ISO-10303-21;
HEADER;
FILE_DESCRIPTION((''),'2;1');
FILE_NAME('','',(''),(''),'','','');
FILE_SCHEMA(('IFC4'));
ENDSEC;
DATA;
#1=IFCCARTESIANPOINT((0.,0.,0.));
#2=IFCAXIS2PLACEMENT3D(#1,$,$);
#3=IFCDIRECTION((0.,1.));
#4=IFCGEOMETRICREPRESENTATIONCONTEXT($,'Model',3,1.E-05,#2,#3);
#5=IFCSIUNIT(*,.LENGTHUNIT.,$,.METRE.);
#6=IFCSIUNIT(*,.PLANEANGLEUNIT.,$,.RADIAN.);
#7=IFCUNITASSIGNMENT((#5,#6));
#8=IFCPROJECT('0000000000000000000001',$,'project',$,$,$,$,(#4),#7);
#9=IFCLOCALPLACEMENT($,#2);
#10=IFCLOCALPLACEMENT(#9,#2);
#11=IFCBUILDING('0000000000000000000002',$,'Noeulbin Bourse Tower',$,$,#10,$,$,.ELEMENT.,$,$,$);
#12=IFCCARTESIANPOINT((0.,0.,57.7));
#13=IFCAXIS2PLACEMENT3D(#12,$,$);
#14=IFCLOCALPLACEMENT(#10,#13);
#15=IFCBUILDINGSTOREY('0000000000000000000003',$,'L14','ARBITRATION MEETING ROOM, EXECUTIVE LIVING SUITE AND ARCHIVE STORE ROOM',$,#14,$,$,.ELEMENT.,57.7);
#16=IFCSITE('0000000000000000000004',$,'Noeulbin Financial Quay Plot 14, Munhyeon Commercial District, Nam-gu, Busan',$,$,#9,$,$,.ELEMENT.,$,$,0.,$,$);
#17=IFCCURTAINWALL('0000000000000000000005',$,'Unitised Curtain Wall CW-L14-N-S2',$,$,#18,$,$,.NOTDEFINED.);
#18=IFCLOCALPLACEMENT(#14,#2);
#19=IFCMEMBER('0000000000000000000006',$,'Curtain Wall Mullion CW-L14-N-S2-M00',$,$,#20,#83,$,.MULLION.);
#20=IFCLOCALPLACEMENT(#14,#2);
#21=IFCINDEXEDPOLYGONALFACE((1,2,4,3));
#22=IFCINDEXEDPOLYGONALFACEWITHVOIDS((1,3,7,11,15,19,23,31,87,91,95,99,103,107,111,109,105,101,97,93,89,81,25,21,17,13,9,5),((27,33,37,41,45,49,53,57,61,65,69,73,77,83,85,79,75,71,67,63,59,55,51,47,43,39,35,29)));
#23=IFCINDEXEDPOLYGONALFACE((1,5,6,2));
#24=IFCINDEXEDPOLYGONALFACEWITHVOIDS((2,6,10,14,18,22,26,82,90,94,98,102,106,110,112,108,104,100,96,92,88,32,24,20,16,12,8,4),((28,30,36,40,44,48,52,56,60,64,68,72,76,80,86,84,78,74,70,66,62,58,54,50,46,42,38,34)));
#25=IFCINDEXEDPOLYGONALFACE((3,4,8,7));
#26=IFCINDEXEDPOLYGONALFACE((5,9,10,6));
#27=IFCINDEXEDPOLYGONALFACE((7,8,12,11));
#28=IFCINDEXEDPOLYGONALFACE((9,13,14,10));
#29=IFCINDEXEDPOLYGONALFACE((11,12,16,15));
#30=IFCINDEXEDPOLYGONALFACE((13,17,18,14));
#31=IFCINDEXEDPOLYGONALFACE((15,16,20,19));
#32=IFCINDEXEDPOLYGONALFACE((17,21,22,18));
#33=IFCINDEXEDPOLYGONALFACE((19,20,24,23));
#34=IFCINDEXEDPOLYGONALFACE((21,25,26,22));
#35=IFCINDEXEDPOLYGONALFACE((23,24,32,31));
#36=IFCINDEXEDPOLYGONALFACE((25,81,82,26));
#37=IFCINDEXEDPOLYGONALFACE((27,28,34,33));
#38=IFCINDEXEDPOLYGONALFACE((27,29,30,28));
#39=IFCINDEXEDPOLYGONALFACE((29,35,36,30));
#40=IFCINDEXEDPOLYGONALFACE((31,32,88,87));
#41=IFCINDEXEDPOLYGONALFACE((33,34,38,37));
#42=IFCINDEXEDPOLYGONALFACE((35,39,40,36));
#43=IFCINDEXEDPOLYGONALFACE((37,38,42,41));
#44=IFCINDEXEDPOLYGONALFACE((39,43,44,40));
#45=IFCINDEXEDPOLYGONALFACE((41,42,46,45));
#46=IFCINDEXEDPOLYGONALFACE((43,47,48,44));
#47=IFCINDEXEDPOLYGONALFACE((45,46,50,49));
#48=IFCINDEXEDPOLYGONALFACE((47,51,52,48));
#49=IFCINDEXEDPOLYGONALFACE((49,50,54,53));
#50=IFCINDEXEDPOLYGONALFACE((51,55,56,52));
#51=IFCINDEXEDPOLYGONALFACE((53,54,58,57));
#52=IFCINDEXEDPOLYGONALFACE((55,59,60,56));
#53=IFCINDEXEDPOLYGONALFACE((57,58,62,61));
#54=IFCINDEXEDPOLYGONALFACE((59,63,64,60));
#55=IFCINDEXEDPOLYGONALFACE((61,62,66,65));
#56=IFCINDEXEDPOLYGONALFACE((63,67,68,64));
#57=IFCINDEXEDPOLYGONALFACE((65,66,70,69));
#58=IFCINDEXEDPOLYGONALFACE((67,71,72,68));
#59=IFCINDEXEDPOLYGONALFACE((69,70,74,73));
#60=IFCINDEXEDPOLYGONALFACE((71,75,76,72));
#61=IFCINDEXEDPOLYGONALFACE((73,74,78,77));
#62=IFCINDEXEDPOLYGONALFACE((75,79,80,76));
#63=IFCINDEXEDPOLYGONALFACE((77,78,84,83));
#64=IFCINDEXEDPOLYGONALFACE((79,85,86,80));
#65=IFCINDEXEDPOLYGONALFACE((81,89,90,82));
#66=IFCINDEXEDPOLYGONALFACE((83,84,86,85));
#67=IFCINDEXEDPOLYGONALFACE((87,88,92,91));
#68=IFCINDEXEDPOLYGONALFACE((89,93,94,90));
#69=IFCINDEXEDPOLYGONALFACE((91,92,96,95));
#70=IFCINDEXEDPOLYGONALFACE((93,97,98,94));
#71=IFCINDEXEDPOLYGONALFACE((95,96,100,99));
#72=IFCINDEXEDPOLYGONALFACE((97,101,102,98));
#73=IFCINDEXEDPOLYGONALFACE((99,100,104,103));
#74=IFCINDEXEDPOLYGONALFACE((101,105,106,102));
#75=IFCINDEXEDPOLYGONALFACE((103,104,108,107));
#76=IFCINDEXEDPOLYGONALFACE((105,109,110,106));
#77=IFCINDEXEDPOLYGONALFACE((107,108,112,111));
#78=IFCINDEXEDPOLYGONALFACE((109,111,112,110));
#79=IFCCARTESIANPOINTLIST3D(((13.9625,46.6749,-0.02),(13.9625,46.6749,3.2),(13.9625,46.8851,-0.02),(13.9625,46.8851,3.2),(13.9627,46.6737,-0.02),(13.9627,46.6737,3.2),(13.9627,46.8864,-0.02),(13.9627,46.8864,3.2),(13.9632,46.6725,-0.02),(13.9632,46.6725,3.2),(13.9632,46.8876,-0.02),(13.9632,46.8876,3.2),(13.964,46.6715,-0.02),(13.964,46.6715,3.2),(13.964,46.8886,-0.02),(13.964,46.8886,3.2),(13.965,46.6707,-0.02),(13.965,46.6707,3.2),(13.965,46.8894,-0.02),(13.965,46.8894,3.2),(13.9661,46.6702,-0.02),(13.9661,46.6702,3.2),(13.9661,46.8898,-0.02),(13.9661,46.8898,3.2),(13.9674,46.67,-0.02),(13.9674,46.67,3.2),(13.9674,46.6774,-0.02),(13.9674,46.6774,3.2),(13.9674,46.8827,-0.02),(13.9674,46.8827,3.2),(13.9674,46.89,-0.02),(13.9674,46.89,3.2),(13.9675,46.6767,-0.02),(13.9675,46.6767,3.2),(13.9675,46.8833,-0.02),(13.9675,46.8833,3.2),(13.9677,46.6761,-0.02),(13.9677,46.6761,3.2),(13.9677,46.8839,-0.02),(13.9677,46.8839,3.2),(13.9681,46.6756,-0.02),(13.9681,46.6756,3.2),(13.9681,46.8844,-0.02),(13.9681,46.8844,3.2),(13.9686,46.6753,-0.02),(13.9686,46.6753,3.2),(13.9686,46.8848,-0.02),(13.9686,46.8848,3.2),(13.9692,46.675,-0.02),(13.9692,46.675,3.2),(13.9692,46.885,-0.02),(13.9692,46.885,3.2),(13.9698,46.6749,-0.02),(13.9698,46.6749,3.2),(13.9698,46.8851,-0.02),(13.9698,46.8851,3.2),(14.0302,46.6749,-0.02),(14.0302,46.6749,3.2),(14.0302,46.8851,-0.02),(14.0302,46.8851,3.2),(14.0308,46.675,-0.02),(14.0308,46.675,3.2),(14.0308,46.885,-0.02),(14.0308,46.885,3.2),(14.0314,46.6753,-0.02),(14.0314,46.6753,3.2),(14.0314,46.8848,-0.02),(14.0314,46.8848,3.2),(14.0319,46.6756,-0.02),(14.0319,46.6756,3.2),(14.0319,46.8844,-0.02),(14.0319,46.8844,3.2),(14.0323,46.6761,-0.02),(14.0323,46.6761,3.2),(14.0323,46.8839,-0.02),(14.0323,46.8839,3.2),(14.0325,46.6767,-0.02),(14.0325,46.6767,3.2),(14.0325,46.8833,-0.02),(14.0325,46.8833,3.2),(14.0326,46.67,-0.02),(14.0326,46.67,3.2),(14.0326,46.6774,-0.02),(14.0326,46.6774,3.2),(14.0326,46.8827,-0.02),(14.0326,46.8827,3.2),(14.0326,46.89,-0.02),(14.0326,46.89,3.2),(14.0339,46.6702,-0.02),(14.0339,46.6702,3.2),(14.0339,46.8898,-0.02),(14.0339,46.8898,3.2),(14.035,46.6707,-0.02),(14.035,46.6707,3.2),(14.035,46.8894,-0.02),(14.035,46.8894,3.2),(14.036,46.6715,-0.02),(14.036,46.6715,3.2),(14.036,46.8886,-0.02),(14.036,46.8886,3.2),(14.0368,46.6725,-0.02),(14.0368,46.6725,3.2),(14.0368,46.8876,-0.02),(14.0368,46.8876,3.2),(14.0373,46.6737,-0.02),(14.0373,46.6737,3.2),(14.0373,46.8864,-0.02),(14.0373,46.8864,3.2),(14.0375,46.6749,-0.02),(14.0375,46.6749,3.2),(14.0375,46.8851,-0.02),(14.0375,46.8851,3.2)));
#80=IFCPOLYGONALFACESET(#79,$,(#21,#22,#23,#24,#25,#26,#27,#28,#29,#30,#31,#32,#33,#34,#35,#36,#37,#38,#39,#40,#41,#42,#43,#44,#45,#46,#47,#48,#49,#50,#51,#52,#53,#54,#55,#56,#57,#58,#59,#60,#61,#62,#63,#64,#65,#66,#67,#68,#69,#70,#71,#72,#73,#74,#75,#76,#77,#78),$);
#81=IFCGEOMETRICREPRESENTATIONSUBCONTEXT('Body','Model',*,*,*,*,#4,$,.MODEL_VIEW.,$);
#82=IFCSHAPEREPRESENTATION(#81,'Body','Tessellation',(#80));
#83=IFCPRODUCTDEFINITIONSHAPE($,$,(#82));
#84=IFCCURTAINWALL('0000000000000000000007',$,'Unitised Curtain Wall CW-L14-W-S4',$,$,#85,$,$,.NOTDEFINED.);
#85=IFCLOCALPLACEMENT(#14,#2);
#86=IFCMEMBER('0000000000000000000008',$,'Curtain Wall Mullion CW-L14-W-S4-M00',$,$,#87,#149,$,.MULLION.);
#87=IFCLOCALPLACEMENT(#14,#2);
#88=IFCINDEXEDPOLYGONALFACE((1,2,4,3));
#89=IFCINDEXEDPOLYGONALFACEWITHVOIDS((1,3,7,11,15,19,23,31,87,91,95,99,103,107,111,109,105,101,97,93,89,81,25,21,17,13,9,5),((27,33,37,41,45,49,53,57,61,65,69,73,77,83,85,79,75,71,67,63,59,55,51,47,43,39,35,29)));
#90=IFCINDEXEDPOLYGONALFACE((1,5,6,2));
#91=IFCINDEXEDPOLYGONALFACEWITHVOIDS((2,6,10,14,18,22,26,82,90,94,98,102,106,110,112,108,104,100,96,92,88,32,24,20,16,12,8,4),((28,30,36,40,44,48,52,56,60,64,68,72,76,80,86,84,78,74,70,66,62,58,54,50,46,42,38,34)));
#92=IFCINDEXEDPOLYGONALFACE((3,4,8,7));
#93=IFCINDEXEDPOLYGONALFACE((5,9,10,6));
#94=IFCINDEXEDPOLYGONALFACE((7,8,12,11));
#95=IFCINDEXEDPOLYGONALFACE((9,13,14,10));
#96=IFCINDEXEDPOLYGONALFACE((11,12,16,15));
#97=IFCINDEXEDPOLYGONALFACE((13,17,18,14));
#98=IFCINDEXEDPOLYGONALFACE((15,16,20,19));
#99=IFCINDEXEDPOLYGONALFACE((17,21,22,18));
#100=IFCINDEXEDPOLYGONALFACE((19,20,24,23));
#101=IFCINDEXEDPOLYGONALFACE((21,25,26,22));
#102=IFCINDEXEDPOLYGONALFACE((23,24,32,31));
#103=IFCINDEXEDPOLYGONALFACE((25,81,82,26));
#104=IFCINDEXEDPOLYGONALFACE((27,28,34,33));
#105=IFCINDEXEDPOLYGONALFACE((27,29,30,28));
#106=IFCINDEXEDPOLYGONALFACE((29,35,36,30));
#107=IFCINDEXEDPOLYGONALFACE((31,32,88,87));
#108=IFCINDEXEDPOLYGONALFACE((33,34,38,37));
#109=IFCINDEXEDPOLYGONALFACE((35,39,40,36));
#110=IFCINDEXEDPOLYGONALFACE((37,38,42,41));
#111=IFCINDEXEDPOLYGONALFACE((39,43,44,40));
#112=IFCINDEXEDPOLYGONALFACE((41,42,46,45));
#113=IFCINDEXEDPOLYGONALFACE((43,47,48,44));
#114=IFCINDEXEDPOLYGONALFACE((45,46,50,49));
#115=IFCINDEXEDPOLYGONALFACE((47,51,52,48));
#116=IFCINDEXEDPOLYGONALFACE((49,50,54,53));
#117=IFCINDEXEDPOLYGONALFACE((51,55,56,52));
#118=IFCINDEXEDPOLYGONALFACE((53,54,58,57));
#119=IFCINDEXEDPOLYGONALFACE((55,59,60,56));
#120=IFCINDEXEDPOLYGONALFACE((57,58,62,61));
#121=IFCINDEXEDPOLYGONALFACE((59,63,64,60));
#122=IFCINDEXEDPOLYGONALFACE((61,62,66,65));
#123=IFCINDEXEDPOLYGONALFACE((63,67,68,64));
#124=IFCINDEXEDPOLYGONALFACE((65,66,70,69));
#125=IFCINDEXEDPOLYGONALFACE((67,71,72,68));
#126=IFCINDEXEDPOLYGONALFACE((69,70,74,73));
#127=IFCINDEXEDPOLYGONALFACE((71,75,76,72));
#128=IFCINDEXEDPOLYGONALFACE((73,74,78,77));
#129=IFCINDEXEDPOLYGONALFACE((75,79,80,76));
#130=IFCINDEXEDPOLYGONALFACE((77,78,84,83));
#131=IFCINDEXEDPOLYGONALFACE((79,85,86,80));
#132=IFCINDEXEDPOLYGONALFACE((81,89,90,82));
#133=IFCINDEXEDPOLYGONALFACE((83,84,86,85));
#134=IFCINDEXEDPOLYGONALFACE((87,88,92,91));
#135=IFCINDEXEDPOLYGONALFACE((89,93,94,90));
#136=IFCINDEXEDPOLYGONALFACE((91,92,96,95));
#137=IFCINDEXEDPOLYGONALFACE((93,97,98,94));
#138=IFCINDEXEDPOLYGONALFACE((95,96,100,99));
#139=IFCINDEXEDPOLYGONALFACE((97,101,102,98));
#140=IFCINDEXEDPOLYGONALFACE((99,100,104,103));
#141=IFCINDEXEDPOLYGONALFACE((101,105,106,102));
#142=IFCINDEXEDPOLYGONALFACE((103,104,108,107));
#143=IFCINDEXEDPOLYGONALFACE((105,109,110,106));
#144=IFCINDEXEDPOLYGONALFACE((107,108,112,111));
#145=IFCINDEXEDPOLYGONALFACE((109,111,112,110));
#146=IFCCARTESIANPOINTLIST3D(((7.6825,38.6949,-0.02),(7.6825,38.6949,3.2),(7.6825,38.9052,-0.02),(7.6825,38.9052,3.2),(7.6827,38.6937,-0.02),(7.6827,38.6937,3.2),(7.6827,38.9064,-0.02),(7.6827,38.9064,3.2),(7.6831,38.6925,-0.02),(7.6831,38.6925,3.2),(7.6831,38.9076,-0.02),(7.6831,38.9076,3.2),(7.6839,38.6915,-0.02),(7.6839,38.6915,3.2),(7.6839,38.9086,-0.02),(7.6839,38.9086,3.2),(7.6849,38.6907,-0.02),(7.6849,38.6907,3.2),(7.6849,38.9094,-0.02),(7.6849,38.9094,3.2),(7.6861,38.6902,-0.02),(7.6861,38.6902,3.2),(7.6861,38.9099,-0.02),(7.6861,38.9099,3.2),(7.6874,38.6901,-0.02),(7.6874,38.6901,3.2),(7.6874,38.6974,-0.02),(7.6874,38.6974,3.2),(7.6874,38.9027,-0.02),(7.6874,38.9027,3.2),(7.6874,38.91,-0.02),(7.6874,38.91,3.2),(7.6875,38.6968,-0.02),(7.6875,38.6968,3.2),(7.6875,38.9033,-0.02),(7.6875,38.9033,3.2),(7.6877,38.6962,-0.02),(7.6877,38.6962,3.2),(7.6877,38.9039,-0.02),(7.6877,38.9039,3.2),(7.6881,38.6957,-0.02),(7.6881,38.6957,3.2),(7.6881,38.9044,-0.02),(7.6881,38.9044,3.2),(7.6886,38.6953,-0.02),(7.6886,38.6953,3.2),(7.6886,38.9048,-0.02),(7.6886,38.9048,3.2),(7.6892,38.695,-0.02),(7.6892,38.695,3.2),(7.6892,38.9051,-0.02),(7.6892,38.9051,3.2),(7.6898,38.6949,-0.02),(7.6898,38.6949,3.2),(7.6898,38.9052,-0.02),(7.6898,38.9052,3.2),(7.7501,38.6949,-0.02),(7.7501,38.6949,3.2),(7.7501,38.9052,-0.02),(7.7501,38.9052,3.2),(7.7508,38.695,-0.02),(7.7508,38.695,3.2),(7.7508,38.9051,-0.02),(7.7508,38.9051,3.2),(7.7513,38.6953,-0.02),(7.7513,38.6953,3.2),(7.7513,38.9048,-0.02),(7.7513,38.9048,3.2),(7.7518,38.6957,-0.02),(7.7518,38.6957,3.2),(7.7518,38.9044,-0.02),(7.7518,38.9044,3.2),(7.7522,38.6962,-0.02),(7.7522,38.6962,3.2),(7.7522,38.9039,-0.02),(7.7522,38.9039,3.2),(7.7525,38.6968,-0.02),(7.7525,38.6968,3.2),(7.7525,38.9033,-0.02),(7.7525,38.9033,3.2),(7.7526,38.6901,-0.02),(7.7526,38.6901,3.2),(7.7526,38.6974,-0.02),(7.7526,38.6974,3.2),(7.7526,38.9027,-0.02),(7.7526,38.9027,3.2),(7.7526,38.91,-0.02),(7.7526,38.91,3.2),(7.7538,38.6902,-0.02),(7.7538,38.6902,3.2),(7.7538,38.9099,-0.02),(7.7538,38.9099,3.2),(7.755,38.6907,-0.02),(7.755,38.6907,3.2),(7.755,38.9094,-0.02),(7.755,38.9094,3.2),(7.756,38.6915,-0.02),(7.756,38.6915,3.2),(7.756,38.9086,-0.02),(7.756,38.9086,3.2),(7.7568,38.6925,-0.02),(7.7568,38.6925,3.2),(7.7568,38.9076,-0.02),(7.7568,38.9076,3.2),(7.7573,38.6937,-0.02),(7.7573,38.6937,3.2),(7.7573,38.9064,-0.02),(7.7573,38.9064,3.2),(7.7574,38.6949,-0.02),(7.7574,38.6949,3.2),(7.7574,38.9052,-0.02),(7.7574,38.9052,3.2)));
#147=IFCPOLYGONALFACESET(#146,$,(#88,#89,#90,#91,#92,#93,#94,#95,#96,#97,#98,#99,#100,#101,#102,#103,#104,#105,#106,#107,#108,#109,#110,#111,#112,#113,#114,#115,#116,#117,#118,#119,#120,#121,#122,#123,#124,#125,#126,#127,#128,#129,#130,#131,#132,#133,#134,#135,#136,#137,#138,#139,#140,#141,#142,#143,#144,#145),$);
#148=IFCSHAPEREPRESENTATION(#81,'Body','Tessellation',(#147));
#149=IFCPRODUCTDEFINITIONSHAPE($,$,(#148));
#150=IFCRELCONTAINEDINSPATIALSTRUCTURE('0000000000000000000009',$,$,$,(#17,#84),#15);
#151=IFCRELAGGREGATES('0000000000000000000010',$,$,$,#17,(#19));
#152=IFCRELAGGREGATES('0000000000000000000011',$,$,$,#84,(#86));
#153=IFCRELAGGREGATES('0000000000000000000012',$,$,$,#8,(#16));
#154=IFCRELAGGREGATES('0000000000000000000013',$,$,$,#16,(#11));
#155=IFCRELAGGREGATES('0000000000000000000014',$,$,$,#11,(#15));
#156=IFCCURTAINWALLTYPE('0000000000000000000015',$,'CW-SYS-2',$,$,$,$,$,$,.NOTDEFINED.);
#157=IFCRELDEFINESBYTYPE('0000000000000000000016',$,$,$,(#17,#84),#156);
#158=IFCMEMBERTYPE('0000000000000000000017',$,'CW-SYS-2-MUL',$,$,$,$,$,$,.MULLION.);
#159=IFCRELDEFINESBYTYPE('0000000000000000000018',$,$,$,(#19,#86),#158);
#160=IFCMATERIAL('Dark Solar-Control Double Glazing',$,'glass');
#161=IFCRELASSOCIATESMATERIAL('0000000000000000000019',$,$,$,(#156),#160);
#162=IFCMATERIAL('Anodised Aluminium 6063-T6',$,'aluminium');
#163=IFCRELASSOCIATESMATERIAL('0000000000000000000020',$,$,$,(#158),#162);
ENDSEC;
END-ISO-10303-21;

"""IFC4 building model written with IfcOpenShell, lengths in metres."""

from ifc_helpers import new_model, si_unit, direction, frame, origin, origin_2d, place, context, subcontext, project, spatial, hollow_rectangle, extrude, material, material_profile, profile_set, type_object, element, aggregate, save


model = new_model("IFC4")

# Units and contexts
model_context = context("Model", 3, precision=1e-05, world=origin(), true_north=direction((0.0, 1.0)))
body_context = subcontext(model_context, "Body", "Model", "MODEL_VIEW")
ifc_project = project(units=[si_unit("LENGTHUNIT", "METRE"), si_unit("PLANEANGLEUNIT", "RADIAN")], contexts=[model_context])

# Site, building, storey
site_placement = place(None, origin())
site = spatial("IfcSite", under=ifc_project, at=site_placement, Name="Noeulbin Financial Quay Plot 14, Munhyeon Commercial District, Nam-gu, Busan", CompositionType="ELEMENT", RefElevation=0.0)
building_placement = place(site_placement, origin())
building = spatial("IfcBuilding", under=site, at=building_placement, Name="Noeulbin Bourse Tower", CompositionType="ELEMENT")
storey_placement = place(building_placement, frame((0.0, 0.0, 57.7)))
storey = spatial("IfcBuildingStorey", under=building, at=storey_placement, Name="L14", Description="ARBITRATION MEETING ROOM, EXECUTIVE LIVING SUITE AND ARCHIVE STORE ROOM", CompositionType="ELEMENT", Elevation=57.7)

# Shared definitions
ifc_material_1 = material(Name="Dark Solar-Control Double Glazing", Category="glass")
curtain_wall_type = type_object("IfcCurtainWallType", Name="CW-SYS-2", PredefinedType="NOTDEFINED", material=ifc_material_1)
ifc_material_2 = material(Name="Anodised Aluminium 6063-T6", Category="aluminium")
ifc_material_profile_1 = material_profile(ifc_material_2, hollow_rectangle(XDim=0.075, YDim=0.22, WallThickness=0.0049, InnerFilletRadius=0.0024, OuterFilletRadius=0.0049, at=origin_2d()), Name="ALU-MULL-75x220x5", Category="LoadBearing")
ifc_profile_set_1 = profile_set([ifc_material_profile_1], Name="Anodised Aluminium 6063-T6")
member_type_1 = type_object("IfcMemberType", Name="CW-SYS-2-MUL", PredefinedType="MULLION", material=ifc_profile_set_1)

# Curtain wall, member
curtain_wall_1_placement = place(storey_placement, origin())
curtain_wall_1 = element("IfcCurtainWall", 1, at=curtain_wall_1_placement, inside=storey, type_object=curtain_wall_type, Name="Unitised Curtain Wall CW-L14-N-S2", PredefinedType="NOTDEFINED")
member_1_placement = place(storey_placement, frame((14.0, 46.78, -0.02), z_axis=(0.0, 0.0, 1.0), x_axis=(1.0, 0.0, 0.0)))
member_1 = element("IfcMember", 2, at=member_1_placement, type_object=member_type_1, Name="Curtain Wall Mullion CW-L14-N-S2-M00", PredefinedType="MULLION", context=body_context, shape_type="SweptSolid", body=[
    extrude(hollow_rectangle(XDim=0.075, YDim=0.22, WallThickness=0.0049, InnerFilletRadius=0.0024, OuterFilletRadius=0.0049, at=origin_2d()), origin(), (0.0, 0.0, 1.0), 3.22),
])

# Curtain wall, member
curtain_wall_2_placement = place(storey_placement, origin())
curtain_wall_2 = element("IfcCurtainWall", 3, at=curtain_wall_2_placement, inside=storey, type_object=curtain_wall_type, Name="Unitised Curtain Wall CW-L14-W-S4", PredefinedType="NOTDEFINED")
member_2_placement = place(storey_placement, frame((7.72, 38.8, -0.02), z_axis=(0.0, 0.0, 1.0), x_axis=(1.0, 0.0, 0.0)))
member_2 = element("IfcMember", 4, at=member_2_placement, type_object=member_type_1, Name="Curtain Wall Mullion CW-L14-W-S4-M00", PredefinedType="MULLION", context=body_context, shape_type="SweptSolid", body=[
    extrude(hollow_rectangle(XDim=0.075, YDim=0.22, WallThickness=0.0049, InnerFilletRadius=0.0024, OuterFilletRadius=0.0049, at=origin_2d()), origin(), (0.0, 0.0, 1.0), 3.22),
])

aggregate(curtain_wall_1, [member_1])

aggregate(curtain_wall_2, [member_2])

save(model, "model.ifc")
